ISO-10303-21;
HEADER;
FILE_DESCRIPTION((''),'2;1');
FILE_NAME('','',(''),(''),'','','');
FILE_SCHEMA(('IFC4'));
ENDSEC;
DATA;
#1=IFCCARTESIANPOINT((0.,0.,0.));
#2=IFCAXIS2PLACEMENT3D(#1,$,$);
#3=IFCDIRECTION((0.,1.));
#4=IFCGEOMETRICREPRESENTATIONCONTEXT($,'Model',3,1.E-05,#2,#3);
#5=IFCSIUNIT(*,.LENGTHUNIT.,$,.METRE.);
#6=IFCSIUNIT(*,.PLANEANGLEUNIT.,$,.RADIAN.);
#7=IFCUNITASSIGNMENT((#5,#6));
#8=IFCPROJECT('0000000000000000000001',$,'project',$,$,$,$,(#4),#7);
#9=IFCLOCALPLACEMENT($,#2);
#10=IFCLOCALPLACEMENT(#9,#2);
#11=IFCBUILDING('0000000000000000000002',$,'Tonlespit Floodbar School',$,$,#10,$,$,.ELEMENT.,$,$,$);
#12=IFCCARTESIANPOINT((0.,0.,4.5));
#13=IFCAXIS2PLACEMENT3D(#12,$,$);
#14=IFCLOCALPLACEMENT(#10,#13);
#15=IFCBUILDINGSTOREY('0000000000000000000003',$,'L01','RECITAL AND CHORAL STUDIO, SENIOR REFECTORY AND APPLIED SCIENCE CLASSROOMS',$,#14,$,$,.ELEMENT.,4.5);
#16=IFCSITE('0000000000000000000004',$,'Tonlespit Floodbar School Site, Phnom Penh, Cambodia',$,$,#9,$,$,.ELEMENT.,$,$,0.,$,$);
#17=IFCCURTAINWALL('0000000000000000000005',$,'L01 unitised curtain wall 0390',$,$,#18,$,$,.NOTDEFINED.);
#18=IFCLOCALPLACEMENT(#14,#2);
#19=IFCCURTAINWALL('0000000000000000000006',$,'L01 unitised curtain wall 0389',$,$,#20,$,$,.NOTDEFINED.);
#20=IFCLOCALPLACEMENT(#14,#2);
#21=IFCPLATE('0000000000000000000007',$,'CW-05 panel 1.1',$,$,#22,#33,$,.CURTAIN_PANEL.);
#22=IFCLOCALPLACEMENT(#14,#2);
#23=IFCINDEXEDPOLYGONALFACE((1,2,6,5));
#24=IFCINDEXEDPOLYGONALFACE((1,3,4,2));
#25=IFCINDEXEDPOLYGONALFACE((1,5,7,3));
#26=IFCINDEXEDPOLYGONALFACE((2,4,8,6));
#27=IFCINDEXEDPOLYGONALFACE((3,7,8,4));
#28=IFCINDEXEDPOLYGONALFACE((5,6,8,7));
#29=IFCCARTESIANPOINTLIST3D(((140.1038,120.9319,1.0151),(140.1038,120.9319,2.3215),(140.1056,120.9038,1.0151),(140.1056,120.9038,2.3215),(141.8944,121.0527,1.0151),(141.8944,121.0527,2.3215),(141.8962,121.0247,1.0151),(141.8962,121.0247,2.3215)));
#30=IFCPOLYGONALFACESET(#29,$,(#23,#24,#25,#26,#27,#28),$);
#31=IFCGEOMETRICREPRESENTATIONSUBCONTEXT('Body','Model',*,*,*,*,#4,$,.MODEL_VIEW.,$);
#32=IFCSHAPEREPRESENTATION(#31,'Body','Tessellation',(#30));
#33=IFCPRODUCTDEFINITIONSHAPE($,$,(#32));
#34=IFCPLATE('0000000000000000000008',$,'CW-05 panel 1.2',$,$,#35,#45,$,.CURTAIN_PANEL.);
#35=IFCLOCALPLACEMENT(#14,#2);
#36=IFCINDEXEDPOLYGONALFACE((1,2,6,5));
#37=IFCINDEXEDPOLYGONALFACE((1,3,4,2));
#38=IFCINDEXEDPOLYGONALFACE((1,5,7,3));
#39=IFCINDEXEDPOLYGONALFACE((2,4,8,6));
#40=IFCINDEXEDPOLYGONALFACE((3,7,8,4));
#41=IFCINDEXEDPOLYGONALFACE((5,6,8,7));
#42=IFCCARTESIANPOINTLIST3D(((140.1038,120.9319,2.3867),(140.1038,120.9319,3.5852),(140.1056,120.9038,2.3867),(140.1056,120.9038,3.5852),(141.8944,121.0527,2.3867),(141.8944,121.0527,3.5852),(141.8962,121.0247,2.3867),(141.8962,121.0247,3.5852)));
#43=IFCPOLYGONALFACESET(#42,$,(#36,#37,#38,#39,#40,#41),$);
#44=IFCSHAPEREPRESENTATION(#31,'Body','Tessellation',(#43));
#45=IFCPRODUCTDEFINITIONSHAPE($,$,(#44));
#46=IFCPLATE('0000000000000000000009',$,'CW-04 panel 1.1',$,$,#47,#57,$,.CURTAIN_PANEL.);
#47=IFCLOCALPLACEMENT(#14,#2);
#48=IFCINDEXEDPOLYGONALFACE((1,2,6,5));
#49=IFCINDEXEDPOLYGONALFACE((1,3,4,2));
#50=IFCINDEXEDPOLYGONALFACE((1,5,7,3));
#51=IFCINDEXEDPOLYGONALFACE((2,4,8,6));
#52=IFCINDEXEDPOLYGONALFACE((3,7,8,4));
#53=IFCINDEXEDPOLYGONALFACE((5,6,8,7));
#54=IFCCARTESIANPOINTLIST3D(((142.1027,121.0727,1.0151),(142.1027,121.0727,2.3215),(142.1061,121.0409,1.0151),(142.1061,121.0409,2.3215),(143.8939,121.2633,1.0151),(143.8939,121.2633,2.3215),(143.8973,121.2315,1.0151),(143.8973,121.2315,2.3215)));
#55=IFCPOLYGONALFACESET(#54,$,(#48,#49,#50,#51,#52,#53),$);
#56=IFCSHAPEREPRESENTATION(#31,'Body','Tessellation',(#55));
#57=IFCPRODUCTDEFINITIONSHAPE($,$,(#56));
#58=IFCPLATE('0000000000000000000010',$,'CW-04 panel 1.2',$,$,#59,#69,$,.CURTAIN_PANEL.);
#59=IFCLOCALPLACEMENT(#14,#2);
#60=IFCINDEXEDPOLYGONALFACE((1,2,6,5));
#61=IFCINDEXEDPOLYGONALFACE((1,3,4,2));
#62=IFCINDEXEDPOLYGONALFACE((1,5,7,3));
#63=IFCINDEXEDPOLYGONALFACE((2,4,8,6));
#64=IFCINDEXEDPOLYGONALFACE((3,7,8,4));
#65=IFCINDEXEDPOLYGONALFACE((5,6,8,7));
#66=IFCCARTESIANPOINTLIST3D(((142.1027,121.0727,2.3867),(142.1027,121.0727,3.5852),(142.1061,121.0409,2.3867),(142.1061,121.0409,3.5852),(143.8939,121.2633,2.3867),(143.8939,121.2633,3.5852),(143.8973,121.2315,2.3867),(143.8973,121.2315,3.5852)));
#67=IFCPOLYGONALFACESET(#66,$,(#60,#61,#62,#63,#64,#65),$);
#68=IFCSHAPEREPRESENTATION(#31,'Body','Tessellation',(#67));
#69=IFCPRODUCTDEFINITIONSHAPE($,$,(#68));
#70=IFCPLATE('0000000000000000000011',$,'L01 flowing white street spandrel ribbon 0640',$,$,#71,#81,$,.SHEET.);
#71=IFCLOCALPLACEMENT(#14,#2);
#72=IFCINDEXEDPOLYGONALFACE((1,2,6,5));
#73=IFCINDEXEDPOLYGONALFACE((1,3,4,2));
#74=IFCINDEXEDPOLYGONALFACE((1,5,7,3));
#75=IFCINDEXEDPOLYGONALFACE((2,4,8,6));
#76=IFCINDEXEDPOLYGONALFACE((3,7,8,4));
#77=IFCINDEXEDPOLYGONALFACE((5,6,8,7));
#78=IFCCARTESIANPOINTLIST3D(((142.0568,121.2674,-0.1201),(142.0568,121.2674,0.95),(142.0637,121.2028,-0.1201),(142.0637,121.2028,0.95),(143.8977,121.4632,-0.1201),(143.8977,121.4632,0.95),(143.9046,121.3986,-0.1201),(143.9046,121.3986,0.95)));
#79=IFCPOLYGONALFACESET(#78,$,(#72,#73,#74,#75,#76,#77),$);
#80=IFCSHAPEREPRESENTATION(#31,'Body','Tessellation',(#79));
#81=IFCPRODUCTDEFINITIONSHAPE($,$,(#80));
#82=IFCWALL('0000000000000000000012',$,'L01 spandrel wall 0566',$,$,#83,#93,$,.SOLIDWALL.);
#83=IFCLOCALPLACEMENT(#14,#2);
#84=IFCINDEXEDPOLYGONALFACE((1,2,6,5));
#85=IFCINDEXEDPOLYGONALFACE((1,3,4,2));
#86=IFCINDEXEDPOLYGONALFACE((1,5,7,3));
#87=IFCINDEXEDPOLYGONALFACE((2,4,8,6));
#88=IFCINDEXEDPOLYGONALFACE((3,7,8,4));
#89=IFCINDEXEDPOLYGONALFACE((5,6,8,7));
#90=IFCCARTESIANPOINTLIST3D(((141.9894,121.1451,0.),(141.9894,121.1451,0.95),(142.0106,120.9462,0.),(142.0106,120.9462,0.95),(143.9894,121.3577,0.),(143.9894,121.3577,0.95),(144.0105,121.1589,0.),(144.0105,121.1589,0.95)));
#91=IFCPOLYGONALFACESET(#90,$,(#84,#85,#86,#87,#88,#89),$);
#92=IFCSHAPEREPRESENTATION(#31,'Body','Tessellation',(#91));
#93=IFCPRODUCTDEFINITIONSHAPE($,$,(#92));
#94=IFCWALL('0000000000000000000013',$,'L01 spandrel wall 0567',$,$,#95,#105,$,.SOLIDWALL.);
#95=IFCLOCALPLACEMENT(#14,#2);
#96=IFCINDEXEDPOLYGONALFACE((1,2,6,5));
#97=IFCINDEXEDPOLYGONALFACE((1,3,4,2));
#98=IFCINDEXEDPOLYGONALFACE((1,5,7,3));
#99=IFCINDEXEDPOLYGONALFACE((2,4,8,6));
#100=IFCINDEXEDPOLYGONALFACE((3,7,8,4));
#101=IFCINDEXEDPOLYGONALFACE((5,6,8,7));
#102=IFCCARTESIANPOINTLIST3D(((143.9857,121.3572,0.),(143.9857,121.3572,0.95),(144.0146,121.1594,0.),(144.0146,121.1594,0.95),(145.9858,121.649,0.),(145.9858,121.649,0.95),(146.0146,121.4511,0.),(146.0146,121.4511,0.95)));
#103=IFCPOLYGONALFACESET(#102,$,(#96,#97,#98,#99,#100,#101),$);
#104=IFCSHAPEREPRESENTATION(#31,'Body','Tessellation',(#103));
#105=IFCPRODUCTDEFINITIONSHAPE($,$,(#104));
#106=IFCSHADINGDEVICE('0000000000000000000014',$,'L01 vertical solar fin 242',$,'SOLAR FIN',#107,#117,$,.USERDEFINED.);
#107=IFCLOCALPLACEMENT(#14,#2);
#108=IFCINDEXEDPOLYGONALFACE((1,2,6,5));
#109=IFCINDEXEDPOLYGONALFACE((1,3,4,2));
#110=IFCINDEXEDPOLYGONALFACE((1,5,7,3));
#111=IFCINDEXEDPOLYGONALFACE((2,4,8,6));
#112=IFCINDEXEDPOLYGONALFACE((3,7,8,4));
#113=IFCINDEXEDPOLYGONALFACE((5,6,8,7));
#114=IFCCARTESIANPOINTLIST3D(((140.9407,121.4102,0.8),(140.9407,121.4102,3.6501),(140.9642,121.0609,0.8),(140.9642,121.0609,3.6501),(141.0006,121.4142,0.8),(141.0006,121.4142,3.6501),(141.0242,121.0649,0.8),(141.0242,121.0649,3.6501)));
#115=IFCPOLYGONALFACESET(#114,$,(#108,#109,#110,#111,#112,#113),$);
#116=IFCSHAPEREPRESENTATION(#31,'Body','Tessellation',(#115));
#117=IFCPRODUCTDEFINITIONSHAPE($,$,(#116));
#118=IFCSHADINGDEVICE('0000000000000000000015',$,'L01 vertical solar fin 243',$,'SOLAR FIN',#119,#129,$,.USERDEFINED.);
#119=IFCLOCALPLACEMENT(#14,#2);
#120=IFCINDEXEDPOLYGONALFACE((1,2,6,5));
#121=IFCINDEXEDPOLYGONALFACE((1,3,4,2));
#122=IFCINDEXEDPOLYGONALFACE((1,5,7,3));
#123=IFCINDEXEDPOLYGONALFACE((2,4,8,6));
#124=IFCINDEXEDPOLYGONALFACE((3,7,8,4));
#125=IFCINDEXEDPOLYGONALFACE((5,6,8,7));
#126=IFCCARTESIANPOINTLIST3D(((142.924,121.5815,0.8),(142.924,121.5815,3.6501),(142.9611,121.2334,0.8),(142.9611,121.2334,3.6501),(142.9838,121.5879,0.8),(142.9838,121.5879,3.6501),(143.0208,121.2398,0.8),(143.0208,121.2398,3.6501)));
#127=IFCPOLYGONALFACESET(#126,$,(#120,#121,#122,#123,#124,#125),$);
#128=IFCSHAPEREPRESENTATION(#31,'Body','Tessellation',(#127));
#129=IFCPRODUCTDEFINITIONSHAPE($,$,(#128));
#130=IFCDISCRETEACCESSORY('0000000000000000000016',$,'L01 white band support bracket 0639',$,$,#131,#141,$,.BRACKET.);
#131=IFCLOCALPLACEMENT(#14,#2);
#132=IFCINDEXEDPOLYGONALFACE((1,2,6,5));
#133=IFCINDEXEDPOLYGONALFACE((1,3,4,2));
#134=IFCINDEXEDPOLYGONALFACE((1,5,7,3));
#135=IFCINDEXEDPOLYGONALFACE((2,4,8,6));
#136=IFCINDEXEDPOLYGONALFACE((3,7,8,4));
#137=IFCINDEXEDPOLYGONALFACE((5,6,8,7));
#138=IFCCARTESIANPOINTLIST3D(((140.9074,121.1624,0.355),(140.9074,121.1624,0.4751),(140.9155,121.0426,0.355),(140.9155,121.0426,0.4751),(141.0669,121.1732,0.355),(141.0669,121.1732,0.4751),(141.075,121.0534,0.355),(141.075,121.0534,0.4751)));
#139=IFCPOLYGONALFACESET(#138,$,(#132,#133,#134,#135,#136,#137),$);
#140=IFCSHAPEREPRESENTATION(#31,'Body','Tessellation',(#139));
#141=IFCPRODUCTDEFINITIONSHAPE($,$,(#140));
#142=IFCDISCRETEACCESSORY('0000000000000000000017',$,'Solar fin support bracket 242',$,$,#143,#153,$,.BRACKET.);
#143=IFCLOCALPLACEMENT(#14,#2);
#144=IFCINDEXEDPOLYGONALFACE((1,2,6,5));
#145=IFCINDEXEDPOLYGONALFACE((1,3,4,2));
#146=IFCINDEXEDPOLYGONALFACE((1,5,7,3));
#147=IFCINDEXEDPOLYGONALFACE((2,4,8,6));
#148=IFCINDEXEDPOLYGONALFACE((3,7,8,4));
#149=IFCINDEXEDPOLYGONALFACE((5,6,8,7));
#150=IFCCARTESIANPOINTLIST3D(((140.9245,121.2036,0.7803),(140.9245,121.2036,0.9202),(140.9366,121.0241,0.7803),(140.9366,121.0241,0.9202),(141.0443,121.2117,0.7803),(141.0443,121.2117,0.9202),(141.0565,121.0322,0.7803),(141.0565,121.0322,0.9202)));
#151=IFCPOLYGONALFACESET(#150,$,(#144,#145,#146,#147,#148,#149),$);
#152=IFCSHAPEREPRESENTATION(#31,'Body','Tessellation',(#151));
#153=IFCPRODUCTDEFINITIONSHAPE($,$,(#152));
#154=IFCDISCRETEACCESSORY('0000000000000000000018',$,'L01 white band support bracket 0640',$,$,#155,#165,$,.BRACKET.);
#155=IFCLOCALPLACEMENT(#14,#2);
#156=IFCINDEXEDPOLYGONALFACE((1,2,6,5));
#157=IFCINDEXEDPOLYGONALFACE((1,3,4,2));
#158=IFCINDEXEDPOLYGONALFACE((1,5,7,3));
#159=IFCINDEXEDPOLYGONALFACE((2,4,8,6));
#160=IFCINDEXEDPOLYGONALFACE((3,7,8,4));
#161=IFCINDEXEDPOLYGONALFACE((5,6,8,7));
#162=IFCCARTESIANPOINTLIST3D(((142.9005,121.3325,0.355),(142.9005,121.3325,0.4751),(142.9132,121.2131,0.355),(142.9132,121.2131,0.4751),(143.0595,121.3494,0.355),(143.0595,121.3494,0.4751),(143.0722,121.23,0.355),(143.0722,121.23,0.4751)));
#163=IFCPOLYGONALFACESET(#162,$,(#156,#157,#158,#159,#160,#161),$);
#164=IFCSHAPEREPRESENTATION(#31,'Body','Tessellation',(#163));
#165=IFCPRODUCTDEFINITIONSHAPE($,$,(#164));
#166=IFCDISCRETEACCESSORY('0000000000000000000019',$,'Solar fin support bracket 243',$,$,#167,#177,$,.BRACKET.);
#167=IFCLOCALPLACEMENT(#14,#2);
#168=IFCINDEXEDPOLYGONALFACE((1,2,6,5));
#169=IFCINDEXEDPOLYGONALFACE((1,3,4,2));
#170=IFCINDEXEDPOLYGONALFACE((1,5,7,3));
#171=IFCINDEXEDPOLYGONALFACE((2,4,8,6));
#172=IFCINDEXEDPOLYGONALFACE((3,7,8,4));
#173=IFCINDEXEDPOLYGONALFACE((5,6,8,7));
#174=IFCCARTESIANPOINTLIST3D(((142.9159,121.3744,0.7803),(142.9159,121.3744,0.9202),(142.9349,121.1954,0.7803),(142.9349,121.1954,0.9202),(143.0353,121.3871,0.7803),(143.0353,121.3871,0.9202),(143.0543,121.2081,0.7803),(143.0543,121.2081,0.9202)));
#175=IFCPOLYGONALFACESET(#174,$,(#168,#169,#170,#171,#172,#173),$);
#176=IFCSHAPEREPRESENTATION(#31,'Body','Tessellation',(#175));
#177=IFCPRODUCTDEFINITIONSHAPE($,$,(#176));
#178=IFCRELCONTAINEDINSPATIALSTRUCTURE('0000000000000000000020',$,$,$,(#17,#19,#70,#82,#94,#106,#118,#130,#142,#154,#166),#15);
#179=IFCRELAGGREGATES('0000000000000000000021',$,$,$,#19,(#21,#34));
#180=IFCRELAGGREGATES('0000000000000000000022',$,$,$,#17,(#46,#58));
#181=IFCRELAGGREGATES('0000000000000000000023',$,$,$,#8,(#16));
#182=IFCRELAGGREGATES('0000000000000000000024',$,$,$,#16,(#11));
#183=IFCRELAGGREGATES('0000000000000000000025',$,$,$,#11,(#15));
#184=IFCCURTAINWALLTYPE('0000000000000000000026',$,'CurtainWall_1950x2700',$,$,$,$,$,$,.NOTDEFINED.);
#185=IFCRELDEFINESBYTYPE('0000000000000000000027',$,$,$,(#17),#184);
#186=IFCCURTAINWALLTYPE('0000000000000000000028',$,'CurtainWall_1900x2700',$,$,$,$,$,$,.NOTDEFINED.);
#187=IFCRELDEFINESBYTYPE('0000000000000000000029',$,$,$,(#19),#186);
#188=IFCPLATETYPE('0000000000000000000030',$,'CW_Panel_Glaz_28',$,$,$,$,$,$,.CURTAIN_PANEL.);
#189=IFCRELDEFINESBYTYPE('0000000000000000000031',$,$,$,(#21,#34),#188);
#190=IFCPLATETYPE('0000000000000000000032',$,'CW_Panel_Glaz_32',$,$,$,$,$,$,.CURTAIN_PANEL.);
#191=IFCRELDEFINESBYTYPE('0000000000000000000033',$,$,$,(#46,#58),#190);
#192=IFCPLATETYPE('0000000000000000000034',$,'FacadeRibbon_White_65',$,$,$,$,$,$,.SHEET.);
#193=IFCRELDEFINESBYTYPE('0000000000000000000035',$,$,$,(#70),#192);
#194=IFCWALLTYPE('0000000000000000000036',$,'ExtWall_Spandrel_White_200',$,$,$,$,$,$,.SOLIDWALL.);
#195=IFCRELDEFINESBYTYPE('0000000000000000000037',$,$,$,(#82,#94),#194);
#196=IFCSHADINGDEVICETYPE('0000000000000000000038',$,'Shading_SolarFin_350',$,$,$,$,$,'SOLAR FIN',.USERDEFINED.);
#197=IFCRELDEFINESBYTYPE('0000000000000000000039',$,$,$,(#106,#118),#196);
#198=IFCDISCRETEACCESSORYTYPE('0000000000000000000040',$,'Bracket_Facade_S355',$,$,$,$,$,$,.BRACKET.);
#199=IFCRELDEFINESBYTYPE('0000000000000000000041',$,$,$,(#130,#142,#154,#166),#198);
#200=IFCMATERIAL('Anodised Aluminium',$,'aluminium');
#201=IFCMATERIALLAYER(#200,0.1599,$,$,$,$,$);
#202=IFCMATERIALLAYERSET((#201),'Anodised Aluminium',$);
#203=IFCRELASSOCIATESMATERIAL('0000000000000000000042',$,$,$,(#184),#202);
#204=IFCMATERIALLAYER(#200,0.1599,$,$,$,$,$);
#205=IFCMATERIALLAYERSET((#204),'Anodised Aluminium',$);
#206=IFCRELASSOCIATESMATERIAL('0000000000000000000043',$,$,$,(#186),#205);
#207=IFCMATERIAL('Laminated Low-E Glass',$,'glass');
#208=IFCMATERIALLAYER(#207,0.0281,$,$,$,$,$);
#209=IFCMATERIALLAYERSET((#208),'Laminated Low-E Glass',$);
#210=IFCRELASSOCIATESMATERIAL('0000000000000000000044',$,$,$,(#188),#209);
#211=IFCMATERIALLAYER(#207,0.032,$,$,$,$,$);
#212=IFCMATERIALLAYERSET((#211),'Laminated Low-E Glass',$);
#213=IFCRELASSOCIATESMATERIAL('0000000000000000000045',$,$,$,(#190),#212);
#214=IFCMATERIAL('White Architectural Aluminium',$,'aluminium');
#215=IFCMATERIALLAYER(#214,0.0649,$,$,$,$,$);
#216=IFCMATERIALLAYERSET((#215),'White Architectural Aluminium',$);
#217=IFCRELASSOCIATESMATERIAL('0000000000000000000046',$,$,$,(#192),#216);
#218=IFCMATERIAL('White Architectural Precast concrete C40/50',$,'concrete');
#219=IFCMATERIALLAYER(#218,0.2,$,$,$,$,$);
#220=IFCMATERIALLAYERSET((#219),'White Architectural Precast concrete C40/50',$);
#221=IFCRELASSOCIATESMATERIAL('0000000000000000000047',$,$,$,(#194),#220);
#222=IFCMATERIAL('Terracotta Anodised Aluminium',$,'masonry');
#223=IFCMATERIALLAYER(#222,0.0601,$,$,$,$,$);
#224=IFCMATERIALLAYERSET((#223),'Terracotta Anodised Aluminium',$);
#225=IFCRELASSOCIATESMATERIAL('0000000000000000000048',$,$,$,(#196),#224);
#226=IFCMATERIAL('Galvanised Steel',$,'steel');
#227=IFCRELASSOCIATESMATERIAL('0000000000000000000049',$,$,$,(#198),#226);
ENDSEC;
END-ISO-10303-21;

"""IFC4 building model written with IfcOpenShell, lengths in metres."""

from ifc_helpers import new_model, si_unit, direction, frame, frame_2d, origin, origin_2d, place, context, subcontext, project, spatial, rectangle, extrude, material, layer, layer_set, type_object, element, aggregate, save


model = new_model("IFC4")

# Units and contexts
model_context = context("Model", 3, precision=1e-05, world=origin(), true_north=direction((0.0, 1.0)))
body_context = subcontext(model_context, "Body", "Model", "MODEL_VIEW")
ifc_project = project(units=[si_unit("LENGTHUNIT", "METRE"), si_unit("PLANEANGLEUNIT", "RADIAN")], contexts=[model_context])

# Site, building, storey
site_placement = place(None, origin())
site = spatial("IfcSite", under=ifc_project, at=site_placement, Name="Tonlespit Floodbar School Site, Phnom Penh, Cambodia", CompositionType="ELEMENT", RefElevation=0.0)
building_placement = place(site_placement, origin())
building = spatial("IfcBuilding", under=site, at=building_placement, Name="Tonlespit Floodbar School", CompositionType="ELEMENT")
storey_placement = place(building_placement, frame((0.0, 0.0, 4.5)))
storey = spatial("IfcBuildingStorey", under=building, at=storey_placement, Name="L01", Description="RECITAL AND CHORAL STUDIO, SENIOR REFECTORY AND APPLIED SCIENCE CLASSROOMS", CompositionType="ELEMENT", Elevation=4.5)

# Curtain walls
ifc_material_1 = material(Name="Anodised Aluminium", Category="aluminium")
ifc_layer_1 = layer(ifc_material_1, 0.1599)
ifc_layer_set_1 = layer_set([ifc_layer_1], Name="Anodised Aluminium")
curtain_wall_type_1 = type_object("IfcCurtainWallType", Name="CurtainWall_1950x2700", PredefinedType="NOTDEFINED", material=ifc_layer_set_1)
curtain_wall_1_placement = place(storey_placement, origin())
curtain_wall_1 = element("IfcCurtainWall", 1, at=curtain_wall_1_placement, inside=storey, type_object=curtain_wall_type_1, Name="L01 unitised curtain wall 0390", PredefinedType="NOTDEFINED")
ifc_layer_2 = layer(ifc_material_1, 0.1599)
ifc_layer_set_2 = layer_set([ifc_layer_2], Name="Anodised Aluminium")
curtain_wall_type_2 = type_object("IfcCurtainWallType", Name="CurtainWall_1900x2700", PredefinedType="NOTDEFINED", material=ifc_layer_set_2)
curtain_wall_2_placement = place(storey_placement, origin())
curtain_wall_2 = element("IfcCurtainWall", 2, at=curtain_wall_2_placement, inside=storey, type_object=curtain_wall_type_2, Name="L01 unitised curtain wall 0389", PredefinedType="NOTDEFINED")

# Plates
ifc_material_2 = material(Name="Laminated Low-E Glass", Category="glass")
ifc_layer_3 = layer(ifc_material_2, 0.0281)
ifc_layer_set_3 = layer_set([ifc_layer_3], Name="Laminated Low-E Glass")
plate_type_1 = type_object("IfcPlateType", Name="CW_Panel_Glaz_28", PredefinedType="CURTAIN_PANEL", material=ifc_layer_set_3)
plate_1_placement = place(storey_placement, frame((141.0, 120.9783, 1.0151), z_axis=(0.0, 0.0, 1.0), x_axis=(0.99773, 0.06734, 0.0)))
plate_1 = element("IfcPlate", 3, at=plate_1_placement, type_object=plate_type_1, Name="CW-05 panel 1.1", PredefinedType="CURTAIN_PANEL", context=body_context, shape_type="SweptSolid", body=[
    extrude(rectangle(XDim=1.7947, YDim=0.0281, at=origin_2d()), origin(), (0.0, 0.0, 1.0), 1.3064),
])
plate_2_placement = place(storey_placement, frame((141.0, 120.9783, 2.3867), z_axis=(0.0, 0.0, 1.0), x_axis=(0.99773, 0.06734, 0.0)))
plate_2 = element("IfcPlate", 4, at=plate_2_placement, type_object=plate_type_1, Name="CW-05 panel 1.2", PredefinedType="CURTAIN_PANEL", context=body_context, shape_type="SweptSolid", body=[
    extrude(rectangle(XDim=1.7947, YDim=0.0281, at=origin_2d()), origin(), (0.0, 0.0, 1.0), 1.1985),
])
aggregate(curtain_wall_2, [plate_1, plate_2])
ifc_layer_4 = layer(ifc_material_2, 0.032)
ifc_layer_set_4 = layer_set([ifc_layer_4], Name="Laminated Low-E Glass")
plate_type_2 = type_object("IfcPlateType", Name="CW_Panel_Glaz_32", PredefinedType="CURTAIN_PANEL", material=ifc_layer_set_4)
plate_3_placement = place(storey_placement, frame((143.0, 121.1521, 1.0151), z_axis=(0.0, 0.0, 1.0), x_axis=(0.994389, 0.105787, 0.0)))
plate_3 = element("IfcPlate", 5, at=plate_3_placement, type_object=plate_type_2, Name="CW-04 panel 1.1", PredefinedType="CURTAIN_PANEL", context=body_context, shape_type="SweptSolid", body=[
    extrude(rectangle(XDim=1.8013, YDim=0.032, at=origin_2d()), origin(), (0.0, 0.0, 1.0), 1.3064),
])
plate_4_placement = place(storey_placement, frame((143.0, 121.1521, 2.3867), z_axis=(0.0, 0.0, 1.0), x_axis=(0.994389, 0.105787, 0.0)))
plate_4 = element("IfcPlate", 6, at=plate_4_placement, type_object=plate_type_2, Name="CW-04 panel 1.2", PredefinedType="CURTAIN_PANEL", context=body_context, shape_type="SweptSolid", body=[
    extrude(rectangle(XDim=1.8013, YDim=0.032, at=origin_2d()), origin(), (0.0, 0.0, 1.0), 1.1985),
])
aggregate(curtain_wall_1, [plate_3, plate_4])
ifc_material_3 = material(Name="White Architectural Aluminium", Category="aluminium")
ifc_layer_5 = layer(ifc_material_3, 0.0649)
ifc_layer_set_5 = layer_set([ifc_layer_5], Name="White Architectural Aluminium")
plate_type_3 = type_object("IfcPlateType", Name="FacadeRibbon_White_65", PredefinedType="SHEET", material=ifc_layer_set_5)
plate_5_placement = place(storey_placement, frame((142.9807, 121.333, -0.1201), z_axis=(0.0, 0.0, 1.0), x_axis=(0.994392, 0.105754, 0.0)))
element("IfcPlate", 7, at=plate_5_placement, inside=storey, type_object=plate_type_3, Name="L01 flowing white street spandrel ribbon 0640", PredefinedType="SHEET", context=body_context, shape_type="SweptSolid", body=[
    extrude(rectangle(XDim=1.8513, YDim=0.0649, at=origin_2d()), origin(), (0.0, 0.0, 1.0), 1.0701),
])

# Walls
ifc_material_4 = material(Name="White Architectural Precast concrete C40/50", Category="concrete")
ifc_layer_6 = layer(ifc_material_4, 0.2)
ifc_layer_set_6 = layer_set([ifc_layer_6], Name="White Architectural Precast concrete C40/50")
wall_type = type_object("IfcWallType", Name="ExtWall_Spandrel_White_200", PredefinedType="SOLIDWALL", material=ifc_layer_set_6)
wall_1_placement = place(storey_placement, frame((142.0, 121.0457, 0.0), z_axis=(0.0, 0.0, 1.0), x_axis=(0.994395, 0.105727, 0.0)))
element("IfcWall", 8, at=wall_1_placement, inside=storey, type_object=wall_type, Name="L01 spandrel wall 0566", PredefinedType="SOLIDWALL", context=body_context, shape_type="SweptSolid", body=[
    extrude(rectangle(XDim=2.0112, YDim=0.2, at=frame_2d((1.0056, 0.0))), origin(), (0.0, 0.0, 1.0), 0.95),
])
wall_2_placement = place(storey_placement, frame((144.0, 121.2583, 0.0), z_axis=(0.0, 0.0, 1.0), x_axis=(0.989527, 0.144346, 0.0)))
element("IfcWall", 9, at=wall_2_placement, inside=storey, type_object=wall_type, Name="L01 spandrel wall 0567", PredefinedType="SOLIDWALL", context=body_context, shape_type="SweptSolid", body=[
    extrude(rectangle(XDim=2.0212, YDim=0.2, at=frame_2d((1.0107, 0.0))), origin(), (0.0, 0.0, 1.0), 0.95),
])

# Shading devices
ifc_material_5 = material(Name="Terracotta Anodised Aluminium", Category="masonry")
ifc_layer_7 = layer(ifc_material_5, 0.0601)
ifc_layer_set_7 = layer_set([ifc_layer_7], Name="Terracotta Anodised Aluminium")
shading_device_type = type_object("IfcShadingDeviceType", Name="Shading_SolarFin_350", ElementType="SOLAR FIN", PredefinedType="USERDEFINED", material=ifc_layer_set_7)
for number, where, z_axis, x_axis, name in (
    (10, (140.9824, 121.2375, 0.8), (0.0, 0.0, 1.0), (0.99773, 0.067347, 0.0), "L01 vertical solar fin 242"),
    (11, (142.9724, 121.4106, 0.8), (0.0, 0.0, 1.0), (0.994392, 0.105754, 0.0), "L01 vertical solar fin 243"),
):
    element("IfcShadingDevice", number, at=place(storey_placement, frame(where, z_axis=z_axis, x_axis=x_axis)), inside=storey, type_object=shading_device_type, Name=name, ObjectType="SOLAR FIN", PredefinedType="USERDEFINED", context=body_context, shape_type="SweptSolid", body=[
        extrude(rectangle(XDim=0.0601, YDim=0.3501, at=origin_2d()), origin(), (0.0, 0.0, 1.0), 2.8501),
    ])

# Discrete accessories
ifc_material_6 = material(Name="Galvanised Steel", Category="steel")
discrete_accessory_type = type_object("IfcDiscreteAccessoryType", Name="Bracket_Facade_S355", PredefinedType="BRACKET", material=ifc_material_6)
discrete_accessory_1_placement = place(storey_placement, frame((140.9912, 121.1079, 0.355), z_axis=(0.0, 0.0, 1.0), x_axis=(0.99773, 0.067347, 0.0)))
element("IfcDiscreteAccessory", 12, at=discrete_accessory_1_placement, inside=storey, type_object=discrete_accessory_type, Name="L01 white band support bracket 0639", PredefinedType="BRACKET", context=body_context, shape_type="SweptSolid", body=[
    extrude(rectangle(XDim=0.1599, YDim=0.1201, at=origin_2d()), origin(), (0.0, 0.0, 1.0), 0.1201),
])
discrete_accessory_2_placement = place(storey_placement, frame((140.9905, 121.1179, 0.7803), z_axis=(0.0, 0.0, 1.0), x_axis=(0.99773, 0.067347, 0.0)))
element("IfcDiscreteAccessory", 13, at=discrete_accessory_2_placement, inside=storey, type_object=discrete_accessory_type, Name="Solar fin support bracket 242", PredefinedType="BRACKET", context=body_context, shape_type="SweptSolid", body=[
    extrude(rectangle(XDim=0.1201, YDim=0.1799, at=origin_2d()), origin(), (0.0, 0.0, 1.0), 0.1399),
])
discrete_accessory_3_placement = place(storey_placement, frame((142.9863, 121.2812, 0.355), z_axis=(0.0, 0.0, 1.0), x_axis=(0.994392, 0.105754, 0.0)))
element("IfcDiscreteAccessory", 14, at=discrete_accessory_3_placement, inside=storey, type_object=discrete_accessory_type, Name="L01 white band support bracket 0640", PredefinedType="BRACKET", context=body_context, shape_type="SweptSolid", body=[
    extrude(rectangle(XDim=0.1599, YDim=0.1201, at=origin_2d()), origin(), (0.0, 0.0, 1.0), 0.1201),
])
discrete_accessory_4_placement = place(storey_placement, frame((142.9851, 121.2913, 0.7803), z_axis=(0.0, 0.0, 1.0), x_axis=(0.994392, 0.105754, 0.0)))
element("IfcDiscreteAccessory", 15, at=discrete_accessory_4_placement, inside=storey, type_object=discrete_accessory_type, Name="Solar fin support bracket 243", PredefinedType="BRACKET", context=body_context, shape_type="SweptSolid", body=[
    extrude(rectangle(XDim=0.1201, YDim=0.1799, at=origin_2d()), origin(), (0.0, 0.0, 1.0), 0.1399),
])

save(model, "model.ifc")
